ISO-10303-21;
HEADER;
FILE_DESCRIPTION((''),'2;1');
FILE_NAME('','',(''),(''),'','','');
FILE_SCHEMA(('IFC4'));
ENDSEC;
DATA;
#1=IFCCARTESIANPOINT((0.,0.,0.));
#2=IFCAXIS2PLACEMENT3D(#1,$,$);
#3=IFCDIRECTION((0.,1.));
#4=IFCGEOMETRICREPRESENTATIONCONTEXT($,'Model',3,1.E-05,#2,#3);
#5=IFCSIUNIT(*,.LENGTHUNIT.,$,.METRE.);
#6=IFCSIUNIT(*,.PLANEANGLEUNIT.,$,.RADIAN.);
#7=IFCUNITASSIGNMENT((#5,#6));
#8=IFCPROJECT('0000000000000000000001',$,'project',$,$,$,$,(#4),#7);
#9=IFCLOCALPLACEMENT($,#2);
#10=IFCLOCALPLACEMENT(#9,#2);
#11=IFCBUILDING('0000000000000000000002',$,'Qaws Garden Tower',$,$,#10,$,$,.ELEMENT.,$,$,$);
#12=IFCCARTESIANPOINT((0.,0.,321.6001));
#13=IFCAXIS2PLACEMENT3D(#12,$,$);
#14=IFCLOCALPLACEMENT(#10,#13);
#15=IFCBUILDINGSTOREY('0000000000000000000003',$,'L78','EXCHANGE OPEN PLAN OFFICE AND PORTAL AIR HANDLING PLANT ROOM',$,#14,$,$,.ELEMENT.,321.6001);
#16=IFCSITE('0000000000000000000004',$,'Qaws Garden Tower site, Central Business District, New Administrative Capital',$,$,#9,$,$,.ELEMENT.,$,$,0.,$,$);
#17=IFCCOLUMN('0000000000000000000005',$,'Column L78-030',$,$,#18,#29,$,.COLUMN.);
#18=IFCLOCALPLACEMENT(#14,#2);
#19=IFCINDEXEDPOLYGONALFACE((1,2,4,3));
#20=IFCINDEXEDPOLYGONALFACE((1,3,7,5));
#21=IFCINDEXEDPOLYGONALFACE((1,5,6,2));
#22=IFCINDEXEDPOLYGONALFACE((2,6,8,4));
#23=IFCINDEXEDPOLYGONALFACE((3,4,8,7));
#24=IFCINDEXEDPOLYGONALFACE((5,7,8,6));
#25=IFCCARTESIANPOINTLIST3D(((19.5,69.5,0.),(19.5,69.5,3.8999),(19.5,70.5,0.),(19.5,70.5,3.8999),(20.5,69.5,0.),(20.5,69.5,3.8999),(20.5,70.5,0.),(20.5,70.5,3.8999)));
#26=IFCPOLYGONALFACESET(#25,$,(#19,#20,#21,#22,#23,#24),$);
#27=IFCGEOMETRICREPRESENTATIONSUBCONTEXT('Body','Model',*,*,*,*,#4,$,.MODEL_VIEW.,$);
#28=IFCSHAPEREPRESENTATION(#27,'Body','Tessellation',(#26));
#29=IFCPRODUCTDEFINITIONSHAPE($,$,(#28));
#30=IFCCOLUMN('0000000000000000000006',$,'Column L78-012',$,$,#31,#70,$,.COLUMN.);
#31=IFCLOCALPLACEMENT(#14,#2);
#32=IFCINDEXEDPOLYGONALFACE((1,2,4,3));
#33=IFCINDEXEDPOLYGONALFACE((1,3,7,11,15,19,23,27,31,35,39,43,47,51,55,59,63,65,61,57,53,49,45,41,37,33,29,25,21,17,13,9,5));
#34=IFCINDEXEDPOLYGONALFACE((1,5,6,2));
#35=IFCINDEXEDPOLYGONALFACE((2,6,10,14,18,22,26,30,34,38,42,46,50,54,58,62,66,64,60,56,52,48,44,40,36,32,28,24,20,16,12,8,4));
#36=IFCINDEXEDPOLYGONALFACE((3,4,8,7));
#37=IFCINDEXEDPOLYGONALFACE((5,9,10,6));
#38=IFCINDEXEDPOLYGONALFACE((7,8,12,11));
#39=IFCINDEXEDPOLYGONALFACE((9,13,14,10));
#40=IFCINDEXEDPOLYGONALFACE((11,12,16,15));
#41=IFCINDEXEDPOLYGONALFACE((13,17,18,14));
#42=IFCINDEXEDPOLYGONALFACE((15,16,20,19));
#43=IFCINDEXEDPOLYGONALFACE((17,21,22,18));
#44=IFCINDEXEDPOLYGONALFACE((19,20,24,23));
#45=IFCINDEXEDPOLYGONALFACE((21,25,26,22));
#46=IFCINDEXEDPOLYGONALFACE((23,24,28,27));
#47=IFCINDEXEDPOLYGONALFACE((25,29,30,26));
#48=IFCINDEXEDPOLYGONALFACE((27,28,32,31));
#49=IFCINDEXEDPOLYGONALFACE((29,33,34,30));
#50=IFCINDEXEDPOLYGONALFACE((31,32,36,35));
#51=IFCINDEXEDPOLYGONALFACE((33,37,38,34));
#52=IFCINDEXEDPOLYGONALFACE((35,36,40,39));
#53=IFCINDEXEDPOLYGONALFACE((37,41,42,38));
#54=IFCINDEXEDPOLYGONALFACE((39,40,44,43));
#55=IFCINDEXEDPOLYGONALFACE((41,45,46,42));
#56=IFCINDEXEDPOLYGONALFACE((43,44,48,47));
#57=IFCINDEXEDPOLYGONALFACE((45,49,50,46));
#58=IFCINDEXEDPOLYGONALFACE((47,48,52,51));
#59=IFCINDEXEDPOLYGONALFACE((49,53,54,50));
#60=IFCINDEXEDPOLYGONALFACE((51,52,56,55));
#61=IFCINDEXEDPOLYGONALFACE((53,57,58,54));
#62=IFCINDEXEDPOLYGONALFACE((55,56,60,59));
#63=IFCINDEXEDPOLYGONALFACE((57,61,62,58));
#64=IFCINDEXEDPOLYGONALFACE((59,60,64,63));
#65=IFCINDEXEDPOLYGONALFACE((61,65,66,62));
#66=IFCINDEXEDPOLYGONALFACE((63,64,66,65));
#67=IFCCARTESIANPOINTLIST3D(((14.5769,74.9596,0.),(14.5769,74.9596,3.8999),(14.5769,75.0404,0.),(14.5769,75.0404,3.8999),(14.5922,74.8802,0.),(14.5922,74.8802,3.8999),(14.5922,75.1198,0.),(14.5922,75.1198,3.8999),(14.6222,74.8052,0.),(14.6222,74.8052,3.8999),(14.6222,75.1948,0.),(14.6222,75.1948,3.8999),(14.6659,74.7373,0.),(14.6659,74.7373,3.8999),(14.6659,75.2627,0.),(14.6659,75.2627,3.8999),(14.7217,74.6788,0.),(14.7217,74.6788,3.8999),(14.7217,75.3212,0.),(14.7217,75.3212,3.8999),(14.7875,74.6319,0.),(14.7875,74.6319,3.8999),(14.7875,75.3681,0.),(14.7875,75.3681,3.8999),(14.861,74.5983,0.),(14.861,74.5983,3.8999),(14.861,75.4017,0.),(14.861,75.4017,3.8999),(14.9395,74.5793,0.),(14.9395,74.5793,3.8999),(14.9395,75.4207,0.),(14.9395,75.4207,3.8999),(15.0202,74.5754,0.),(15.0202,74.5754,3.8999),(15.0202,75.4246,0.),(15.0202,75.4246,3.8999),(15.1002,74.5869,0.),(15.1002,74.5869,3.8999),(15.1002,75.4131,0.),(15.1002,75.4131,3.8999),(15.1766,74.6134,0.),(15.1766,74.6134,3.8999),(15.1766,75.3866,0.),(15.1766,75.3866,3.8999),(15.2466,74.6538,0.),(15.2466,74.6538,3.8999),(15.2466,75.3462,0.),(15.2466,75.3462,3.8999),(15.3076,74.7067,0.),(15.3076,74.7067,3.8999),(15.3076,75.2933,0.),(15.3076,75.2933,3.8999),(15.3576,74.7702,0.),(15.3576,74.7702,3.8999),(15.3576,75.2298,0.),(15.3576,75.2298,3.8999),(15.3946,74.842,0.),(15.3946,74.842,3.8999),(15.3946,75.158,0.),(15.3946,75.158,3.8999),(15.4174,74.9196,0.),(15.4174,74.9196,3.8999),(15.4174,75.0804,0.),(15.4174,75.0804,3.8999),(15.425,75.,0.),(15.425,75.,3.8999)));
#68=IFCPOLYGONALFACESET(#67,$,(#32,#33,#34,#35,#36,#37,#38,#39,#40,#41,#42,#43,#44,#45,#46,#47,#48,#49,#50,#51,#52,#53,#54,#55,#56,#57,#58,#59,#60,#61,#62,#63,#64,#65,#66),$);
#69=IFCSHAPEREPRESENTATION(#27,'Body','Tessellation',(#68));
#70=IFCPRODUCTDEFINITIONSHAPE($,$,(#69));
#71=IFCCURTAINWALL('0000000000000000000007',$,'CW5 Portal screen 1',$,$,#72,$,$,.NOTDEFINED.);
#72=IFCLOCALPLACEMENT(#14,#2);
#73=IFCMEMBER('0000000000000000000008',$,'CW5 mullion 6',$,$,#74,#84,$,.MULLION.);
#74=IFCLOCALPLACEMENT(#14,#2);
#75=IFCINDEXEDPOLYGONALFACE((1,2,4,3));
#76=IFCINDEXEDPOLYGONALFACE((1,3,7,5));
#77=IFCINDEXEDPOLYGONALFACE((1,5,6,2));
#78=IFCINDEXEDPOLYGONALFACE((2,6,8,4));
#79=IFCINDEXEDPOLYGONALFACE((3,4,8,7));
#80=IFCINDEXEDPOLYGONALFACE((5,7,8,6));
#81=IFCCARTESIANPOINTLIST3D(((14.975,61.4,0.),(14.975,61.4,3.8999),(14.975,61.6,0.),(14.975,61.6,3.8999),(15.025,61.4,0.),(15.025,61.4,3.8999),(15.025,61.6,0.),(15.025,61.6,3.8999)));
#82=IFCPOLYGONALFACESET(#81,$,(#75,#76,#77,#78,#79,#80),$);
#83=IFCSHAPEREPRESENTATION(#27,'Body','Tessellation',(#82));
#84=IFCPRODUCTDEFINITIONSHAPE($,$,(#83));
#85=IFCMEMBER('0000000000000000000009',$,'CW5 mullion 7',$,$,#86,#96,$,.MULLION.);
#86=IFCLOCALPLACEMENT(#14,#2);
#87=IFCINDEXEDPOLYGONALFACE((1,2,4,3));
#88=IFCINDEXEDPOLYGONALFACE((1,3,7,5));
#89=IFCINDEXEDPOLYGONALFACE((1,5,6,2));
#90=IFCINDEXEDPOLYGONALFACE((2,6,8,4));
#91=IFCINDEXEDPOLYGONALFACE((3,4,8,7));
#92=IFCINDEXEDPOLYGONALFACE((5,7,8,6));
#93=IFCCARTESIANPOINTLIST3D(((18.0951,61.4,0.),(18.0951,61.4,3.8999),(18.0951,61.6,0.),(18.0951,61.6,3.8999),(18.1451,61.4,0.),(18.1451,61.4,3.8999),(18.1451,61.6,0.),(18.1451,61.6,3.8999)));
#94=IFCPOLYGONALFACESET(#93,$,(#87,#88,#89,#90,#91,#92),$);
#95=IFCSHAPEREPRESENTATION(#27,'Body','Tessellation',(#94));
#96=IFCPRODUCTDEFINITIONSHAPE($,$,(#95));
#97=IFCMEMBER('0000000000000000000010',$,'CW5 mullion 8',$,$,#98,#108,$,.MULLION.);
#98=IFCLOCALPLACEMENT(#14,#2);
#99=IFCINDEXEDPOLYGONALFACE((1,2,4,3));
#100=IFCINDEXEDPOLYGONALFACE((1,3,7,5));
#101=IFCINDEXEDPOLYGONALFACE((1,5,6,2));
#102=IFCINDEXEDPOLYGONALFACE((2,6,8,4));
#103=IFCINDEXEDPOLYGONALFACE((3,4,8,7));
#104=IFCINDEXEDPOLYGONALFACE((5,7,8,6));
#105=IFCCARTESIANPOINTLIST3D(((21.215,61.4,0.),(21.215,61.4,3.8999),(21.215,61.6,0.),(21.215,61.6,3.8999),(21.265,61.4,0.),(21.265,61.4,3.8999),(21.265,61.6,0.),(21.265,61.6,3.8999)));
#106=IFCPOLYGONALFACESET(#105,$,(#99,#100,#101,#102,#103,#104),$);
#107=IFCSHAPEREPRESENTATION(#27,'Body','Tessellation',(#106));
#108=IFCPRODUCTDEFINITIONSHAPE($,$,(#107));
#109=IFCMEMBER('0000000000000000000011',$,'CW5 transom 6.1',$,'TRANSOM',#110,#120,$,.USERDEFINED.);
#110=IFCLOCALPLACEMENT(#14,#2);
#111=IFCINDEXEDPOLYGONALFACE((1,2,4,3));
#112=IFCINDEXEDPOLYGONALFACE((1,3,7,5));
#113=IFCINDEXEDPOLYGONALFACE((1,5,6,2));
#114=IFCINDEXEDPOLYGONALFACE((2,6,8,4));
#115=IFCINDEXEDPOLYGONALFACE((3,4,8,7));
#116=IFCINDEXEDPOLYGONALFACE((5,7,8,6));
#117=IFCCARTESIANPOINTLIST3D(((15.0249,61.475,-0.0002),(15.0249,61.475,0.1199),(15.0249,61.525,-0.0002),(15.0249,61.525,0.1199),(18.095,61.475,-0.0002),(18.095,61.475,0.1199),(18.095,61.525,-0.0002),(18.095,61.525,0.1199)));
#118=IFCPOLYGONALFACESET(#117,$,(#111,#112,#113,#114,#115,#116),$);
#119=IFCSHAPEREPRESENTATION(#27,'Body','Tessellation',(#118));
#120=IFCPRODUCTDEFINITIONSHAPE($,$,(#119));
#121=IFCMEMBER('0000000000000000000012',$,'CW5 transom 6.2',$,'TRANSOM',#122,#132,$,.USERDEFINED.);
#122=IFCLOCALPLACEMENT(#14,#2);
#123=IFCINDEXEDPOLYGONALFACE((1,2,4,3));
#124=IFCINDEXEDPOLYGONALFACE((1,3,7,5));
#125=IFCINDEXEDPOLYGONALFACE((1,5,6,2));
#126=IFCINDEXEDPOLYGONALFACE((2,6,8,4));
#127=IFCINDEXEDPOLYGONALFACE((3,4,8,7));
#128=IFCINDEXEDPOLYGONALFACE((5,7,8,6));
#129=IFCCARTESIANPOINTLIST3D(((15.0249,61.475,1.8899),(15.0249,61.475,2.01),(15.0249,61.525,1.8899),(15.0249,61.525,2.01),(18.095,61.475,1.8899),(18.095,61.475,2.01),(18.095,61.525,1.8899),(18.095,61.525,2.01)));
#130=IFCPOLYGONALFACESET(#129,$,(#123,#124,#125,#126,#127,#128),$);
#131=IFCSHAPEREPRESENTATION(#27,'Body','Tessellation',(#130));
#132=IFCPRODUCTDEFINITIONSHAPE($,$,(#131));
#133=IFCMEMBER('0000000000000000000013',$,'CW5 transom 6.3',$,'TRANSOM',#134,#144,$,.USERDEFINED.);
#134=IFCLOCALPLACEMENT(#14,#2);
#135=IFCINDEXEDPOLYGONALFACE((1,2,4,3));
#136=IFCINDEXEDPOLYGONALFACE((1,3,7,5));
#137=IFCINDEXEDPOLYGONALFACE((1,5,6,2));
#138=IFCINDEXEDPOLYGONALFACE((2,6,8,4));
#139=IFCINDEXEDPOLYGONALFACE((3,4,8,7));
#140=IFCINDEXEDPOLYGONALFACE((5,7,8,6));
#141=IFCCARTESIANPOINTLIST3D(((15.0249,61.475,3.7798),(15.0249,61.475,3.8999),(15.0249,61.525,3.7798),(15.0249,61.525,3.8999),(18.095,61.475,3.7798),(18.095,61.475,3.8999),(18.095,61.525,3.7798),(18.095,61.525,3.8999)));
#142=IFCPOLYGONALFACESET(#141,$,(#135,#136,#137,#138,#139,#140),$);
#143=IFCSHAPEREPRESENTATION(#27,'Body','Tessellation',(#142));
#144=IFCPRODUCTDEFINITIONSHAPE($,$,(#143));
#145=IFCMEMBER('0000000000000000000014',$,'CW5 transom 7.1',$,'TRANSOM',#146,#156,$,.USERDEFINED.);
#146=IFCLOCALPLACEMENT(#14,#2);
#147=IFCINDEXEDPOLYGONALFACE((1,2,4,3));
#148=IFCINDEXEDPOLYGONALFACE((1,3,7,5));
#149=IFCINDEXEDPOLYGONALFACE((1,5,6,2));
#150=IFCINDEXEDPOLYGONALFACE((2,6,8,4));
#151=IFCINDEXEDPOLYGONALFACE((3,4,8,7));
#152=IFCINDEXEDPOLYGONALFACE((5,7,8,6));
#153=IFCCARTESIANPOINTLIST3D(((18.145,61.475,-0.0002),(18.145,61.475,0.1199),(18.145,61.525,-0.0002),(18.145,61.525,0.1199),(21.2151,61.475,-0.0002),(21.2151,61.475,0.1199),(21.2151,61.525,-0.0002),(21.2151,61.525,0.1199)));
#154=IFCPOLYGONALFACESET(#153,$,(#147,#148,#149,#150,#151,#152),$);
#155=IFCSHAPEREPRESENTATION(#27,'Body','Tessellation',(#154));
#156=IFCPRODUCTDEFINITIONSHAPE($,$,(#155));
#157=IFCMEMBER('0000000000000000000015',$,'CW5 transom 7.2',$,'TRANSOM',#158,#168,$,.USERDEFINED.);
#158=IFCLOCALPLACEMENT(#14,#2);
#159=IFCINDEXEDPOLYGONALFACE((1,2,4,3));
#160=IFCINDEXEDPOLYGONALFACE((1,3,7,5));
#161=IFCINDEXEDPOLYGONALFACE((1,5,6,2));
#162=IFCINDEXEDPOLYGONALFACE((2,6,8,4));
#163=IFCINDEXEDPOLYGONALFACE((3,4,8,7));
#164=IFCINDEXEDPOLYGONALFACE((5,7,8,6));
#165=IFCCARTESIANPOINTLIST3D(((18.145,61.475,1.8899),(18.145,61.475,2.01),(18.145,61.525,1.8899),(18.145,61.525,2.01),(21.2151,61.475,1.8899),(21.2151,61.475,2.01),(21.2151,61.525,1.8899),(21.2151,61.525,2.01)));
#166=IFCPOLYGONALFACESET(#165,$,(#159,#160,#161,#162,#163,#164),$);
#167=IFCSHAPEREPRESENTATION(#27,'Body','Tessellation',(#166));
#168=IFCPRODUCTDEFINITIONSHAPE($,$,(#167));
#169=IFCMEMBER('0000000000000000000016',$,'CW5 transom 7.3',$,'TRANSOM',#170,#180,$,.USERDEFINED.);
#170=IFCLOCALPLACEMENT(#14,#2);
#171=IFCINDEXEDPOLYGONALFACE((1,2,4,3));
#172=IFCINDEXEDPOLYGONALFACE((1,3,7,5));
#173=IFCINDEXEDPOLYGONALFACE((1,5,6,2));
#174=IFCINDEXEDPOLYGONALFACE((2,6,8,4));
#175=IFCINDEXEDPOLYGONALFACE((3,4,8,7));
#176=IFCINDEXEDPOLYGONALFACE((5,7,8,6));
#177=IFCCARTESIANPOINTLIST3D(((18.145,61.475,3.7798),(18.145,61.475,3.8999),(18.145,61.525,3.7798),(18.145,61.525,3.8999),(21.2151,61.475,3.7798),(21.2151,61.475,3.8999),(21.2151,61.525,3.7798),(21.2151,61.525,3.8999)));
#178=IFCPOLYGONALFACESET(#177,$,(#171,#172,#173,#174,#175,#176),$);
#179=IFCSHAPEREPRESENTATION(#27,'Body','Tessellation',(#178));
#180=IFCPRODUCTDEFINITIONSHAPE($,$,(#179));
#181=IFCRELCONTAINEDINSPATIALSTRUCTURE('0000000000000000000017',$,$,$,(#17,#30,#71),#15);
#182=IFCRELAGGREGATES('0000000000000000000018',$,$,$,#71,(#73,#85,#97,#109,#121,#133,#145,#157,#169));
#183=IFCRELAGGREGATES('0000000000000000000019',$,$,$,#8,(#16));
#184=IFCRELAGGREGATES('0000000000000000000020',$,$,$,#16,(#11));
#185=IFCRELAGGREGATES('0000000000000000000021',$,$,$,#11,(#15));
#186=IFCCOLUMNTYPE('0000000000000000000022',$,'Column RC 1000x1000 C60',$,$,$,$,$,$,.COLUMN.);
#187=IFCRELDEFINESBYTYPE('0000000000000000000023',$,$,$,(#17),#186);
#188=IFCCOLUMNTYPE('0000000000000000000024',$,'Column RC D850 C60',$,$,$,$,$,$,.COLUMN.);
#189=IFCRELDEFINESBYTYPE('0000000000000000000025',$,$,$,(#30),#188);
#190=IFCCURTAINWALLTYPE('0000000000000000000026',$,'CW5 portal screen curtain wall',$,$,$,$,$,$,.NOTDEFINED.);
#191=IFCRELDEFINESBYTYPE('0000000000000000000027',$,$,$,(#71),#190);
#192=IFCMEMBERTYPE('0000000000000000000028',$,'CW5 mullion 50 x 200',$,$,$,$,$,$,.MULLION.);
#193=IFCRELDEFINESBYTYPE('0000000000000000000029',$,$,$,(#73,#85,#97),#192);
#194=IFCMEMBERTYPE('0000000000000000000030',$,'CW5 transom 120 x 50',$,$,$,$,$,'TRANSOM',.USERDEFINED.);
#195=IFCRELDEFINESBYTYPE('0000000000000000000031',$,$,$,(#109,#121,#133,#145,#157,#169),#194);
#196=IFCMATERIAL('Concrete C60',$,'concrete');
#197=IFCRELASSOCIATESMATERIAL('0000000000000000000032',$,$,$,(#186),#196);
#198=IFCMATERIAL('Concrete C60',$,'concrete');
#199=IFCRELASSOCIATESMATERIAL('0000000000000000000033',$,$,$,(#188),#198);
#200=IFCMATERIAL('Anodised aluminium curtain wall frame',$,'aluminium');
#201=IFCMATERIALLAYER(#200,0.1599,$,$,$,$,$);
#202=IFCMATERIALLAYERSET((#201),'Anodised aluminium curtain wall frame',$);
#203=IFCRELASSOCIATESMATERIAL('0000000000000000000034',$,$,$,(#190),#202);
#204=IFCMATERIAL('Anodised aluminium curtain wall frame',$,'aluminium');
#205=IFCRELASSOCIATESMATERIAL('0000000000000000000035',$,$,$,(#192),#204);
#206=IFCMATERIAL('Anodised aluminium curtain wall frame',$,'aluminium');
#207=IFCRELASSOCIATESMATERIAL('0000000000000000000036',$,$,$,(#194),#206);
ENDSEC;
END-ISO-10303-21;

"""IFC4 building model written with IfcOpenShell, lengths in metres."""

from ifc_helpers import new_model, si_unit, direction, frame, origin, origin_2d, place, context, subcontext, project, spatial, rectangle, circle, extrude, material, layer, layer_set, material_profile, profile_set, type_object, element, aggregate, save


model = new_model("IFC4")

# Units and contexts
model_context = context("Model", 3, precision=1e-05, world=origin(), true_north=direction((0.0, 1.0)))
body_context = subcontext(model_context, "Body", "Model", "MODEL_VIEW")
ifc_project = project(units=[si_unit("LENGTHUNIT", "METRE"), si_unit("PLANEANGLEUNIT", "RADIAN")], contexts=[model_context])

# Site, building, storey
site_placement = place(None, origin())
site = spatial("IfcSite", under=ifc_project, at=site_placement, Name="Qaws Garden Tower site, Central Business District, New Administrative Capital", CompositionType="ELEMENT", RefElevation=0.0)
building_placement = place(site_placement, origin())
building = spatial("IfcBuilding", under=site, at=building_placement, Name="Qaws Garden Tower", CompositionType="ELEMENT")
storey_placement = place(building_placement, frame((0.0, 0.0, 321.6001)))
storey = spatial("IfcBuildingStorey", under=building, at=storey_placement, Name="L78", Description="EXCHANGE OPEN PLAN OFFICE AND PORTAL AIR HANDLING PLANT ROOM", CompositionType="ELEMENT", Elevation=321.6001)

# Columns
ifc_material_1 = material(Name="Concrete C60", Category="concrete")
ifc_material_profile_1 = material_profile(ifc_material_1, rectangle(XDim=1.0, YDim=1.0, at=origin_2d()), Name="RC 1000x1000")
ifc_profile_set_1 = profile_set([ifc_material_profile_1], Name="Concrete C60")
column_type_1 = type_object("IfcColumnType", Name="Column RC 1000x1000 C60", PredefinedType="COLUMN", material=ifc_profile_set_1)
column_1_placement = place(storey_placement, frame((20.0, 70.0, 0.0), z_axis=(0.0, 0.0, 1.0), x_axis=(1.0, 0.0, 0.0)))
element("IfcColumn", 1, at=column_1_placement, inside=storey, type_object=column_type_1, Name="Column L78-030", PredefinedType="COLUMN", context=body_context, shape_type="SweptSolid", body=[
    extrude(rectangle(XDim=1.0, YDim=1.0, at=origin_2d()), origin(), (0.0, 0.0, 1.0), 3.8999),
])
ifc_material_2 = material(Name="Concrete C60", Category="concrete")
ifc_material_profile_2 = material_profile(ifc_material_2, circle(Radius=0.425, at=origin_2d()), Name="RC D850")
ifc_profile_set_2 = profile_set([ifc_material_profile_2], Name="Concrete C60")
column_type_2 = type_object("IfcColumnType", Name="Column RC D850 C60", PredefinedType="COLUMN", material=ifc_profile_set_2)
column_2_placement = place(storey_placement, frame((15.0, 75.0, 0.0), z_axis=(0.0, 0.0, 1.0), x_axis=(1.0, 0.0, 0.0)))
element("IfcColumn", 2, at=column_2_placement, inside=storey, type_object=column_type_2, Name="Column L78-012", PredefinedType="COLUMN", context=body_context, shape_type="SweptSolid", body=[
    extrude(circle(Radius=0.425, at=origin_2d()), origin(), (0.0, 0.0, 1.0), 3.8999),
])

# Curtain wall, members
ifc_material_3 = material(Name="Anodised aluminium curtain wall frame", Category="aluminium")
ifc_layer_1 = layer(ifc_material_3, 0.1599)
ifc_layer_set_1 = layer_set([ifc_layer_1], Name="Anodised aluminium curtain wall frame")
curtain_wall_type = type_object("IfcCurtainWallType", Name="CW5 portal screen curtain wall", PredefinedType="NOTDEFINED", material=ifc_layer_set_1)
placement = place(storey_placement, origin())
curtain_wall = element("IfcCurtainWall", 3, at=placement, inside=storey, type_object=curtain_wall_type, Name="CW5 Portal screen 1", PredefinedType="NOTDEFINED")
ifc_material_4 = material(Name="Anodised aluminium curtain wall frame", Category="aluminium")
ifc_material_profile_3 = material_profile(ifc_material_4, rectangle(XDim=0.2, YDim=0.05, at=origin_2d()), Name="AL 50x200")
ifc_profile_set_3 = profile_set([ifc_material_profile_3], Name="Anodised aluminium curtain wall frame")
member_type_1 = type_object("IfcMemberType", Name="CW5 mullion 50 x 200", PredefinedType="MULLION", material=ifc_profile_set_3)
member_1_placement = place(storey_placement, frame((15.0, 61.5, 0.0), z_axis=(0.0, 0.0, 1.0), x_axis=(0.0, 1.0, 0.0)))
member_1 = element("IfcMember", 4, at=member_1_placement, type_object=member_type_1, Name="CW5 mullion 6", PredefinedType="MULLION", context=body_context, shape_type="SweptSolid", body=[
    extrude(rectangle(XDim=0.2, YDim=0.05, at=origin_2d()), origin(), (0.0, 0.0, 1.0), 3.8999),
])
member_2_placement = place(storey_placement, frame((18.1201, 61.5, 0.0), z_axis=(0.0, 0.0, 1.0), x_axis=(0.0, 1.0, 0.0)))
member_2 = element("IfcMember", 5, at=member_2_placement, type_object=member_type_1, Name="CW5 mullion 7", PredefinedType="MULLION", context=body_context, shape_type="SweptSolid", body=[
    extrude(rectangle(XDim=0.2, YDim=0.05, at=origin_2d()), origin(), (0.0, 0.0, 1.0), 3.8999),
])
member_3_placement = place(storey_placement, frame((21.24, 61.5, 0.0), z_axis=(0.0, 0.0, 1.0), x_axis=(0.0, 1.0, 0.0)))
member_3 = element("IfcMember", 6, at=member_3_placement, type_object=member_type_1, Name="CW5 mullion 8", PredefinedType="MULLION", context=body_context, shape_type="SweptSolid", body=[
    extrude(rectangle(XDim=0.2, YDim=0.05, at=origin_2d()), origin(), (0.0, 0.0, 1.0), 3.8999),
])
ifc_material_5 = material(Name="Anodised aluminium curtain wall frame", Category="aluminium")
ifc_material_profile_4 = material_profile(ifc_material_5, rectangle(XDim=0.05, YDim=0.1201, at=origin_2d()), Name="AL 50x120")
ifc_profile_set_4 = profile_set([ifc_material_profile_4], Name="Anodised aluminium curtain wall frame")
member_type_2 = type_object("IfcMemberType", Name="CW5 transom 120 x 50", ElementType="TRANSOM", PredefinedType="USERDEFINED", material=ifc_profile_set_4)
member_4_placement = place(storey_placement, frame((15.0249, 61.5, 0.0598), z_axis=(1.0, 0.0, 0.0), x_axis=(0.0, 1.0, 0.0)))
member_4 = element("IfcMember", 7, at=member_4_placement, type_object=member_type_2, Name="CW5 transom 6.1", ObjectType="TRANSOM", PredefinedType="USERDEFINED", context=body_context, shape_type="SweptSolid", body=[
    extrude(rectangle(XDim=0.05, YDim=0.1201, at=origin_2d()), origin(), (0.0, 0.0, 1.0), 3.0701),
])
member_5_placement = place(storey_placement, frame((15.0249, 61.5, 1.95), z_axis=(1.0, 0.0, 0.0), x_axis=(0.0, 1.0, 0.0)))
member_5 = element("IfcMember", 8, at=member_5_placement, type_object=member_type_2, Name="CW5 transom 6.2", ObjectType="TRANSOM", PredefinedType="USERDEFINED", context=body_context, shape_type="SweptSolid", body=[
    extrude(rectangle(XDim=0.05, YDim=0.1201, at=origin_2d()), origin(), (0.0, 0.0, 1.0), 3.0701),
])
member_6_placement = place(storey_placement, frame((15.0249, 61.5, 3.8398), z_axis=(1.0, 0.0, 0.0), x_axis=(0.0, 1.0, 0.0)))
member_6 = element("IfcMember", 9, at=member_6_placement, type_object=member_type_2, Name="CW5 transom 6.3", ObjectType="TRANSOM", PredefinedType="USERDEFINED", context=body_context, shape_type="SweptSolid", body=[
    extrude(rectangle(XDim=0.05, YDim=0.1201, at=origin_2d()), origin(), (0.0, 0.0, 1.0), 3.0701),
])
member_7_placement = place(storey_placement, frame((18.145, 61.5, 0.0598), z_axis=(1.0, 0.0, 0.0), x_axis=(0.0, 1.0, 0.0)))
member_7 = element("IfcMember", 10, at=member_7_placement, type_object=member_type_2, Name="CW5 transom 7.1", ObjectType="TRANSOM", PredefinedType="USERDEFINED", context=body_context, shape_type="SweptSolid", body=[
    extrude(rectangle(XDim=0.05, YDim=0.1201, at=origin_2d()), origin(), (0.0, 0.0, 1.0), 3.0701),
])
member_8_placement = place(storey_placement, frame((18.145, 61.5, 1.95), z_axis=(1.0, 0.0, 0.0), x_axis=(0.0, 1.0, 0.0)))
member_8 = element("IfcMember", 11, at=member_8_placement, type_object=member_type_2, Name="CW5 transom 7.2", ObjectType="TRANSOM", PredefinedType="USERDEFINED", context=body_context, shape_type="SweptSolid", body=[
    extrude(rectangle(XDim=0.05, YDim=0.1201, at=origin_2d()), origin(), (0.0, 0.0, 1.0), 3.0701),
])
member_9_placement = place(storey_placement, frame((18.145, 61.5, 3.8398), z_axis=(1.0, 0.0, 0.0), x_axis=(0.0, 1.0, 0.0)))
member_9 = element("IfcMember", 12, at=member_9_placement, type_object=member_type_2, Name="CW5 transom 7.3", ObjectType="TRANSOM", PredefinedType="USERDEFINED", context=body_context, shape_type="SweptSolid", body=[
    extrude(rectangle(XDim=0.05, YDim=0.1201, at=origin_2d()), origin(), (0.0, 0.0, 1.0), 3.0701),
])

aggregate(curtain_wall, [member_1, member_2, member_3, member_4, member_5, member_6, member_7, member_8, member_9])

save(model, "model.ifc")
